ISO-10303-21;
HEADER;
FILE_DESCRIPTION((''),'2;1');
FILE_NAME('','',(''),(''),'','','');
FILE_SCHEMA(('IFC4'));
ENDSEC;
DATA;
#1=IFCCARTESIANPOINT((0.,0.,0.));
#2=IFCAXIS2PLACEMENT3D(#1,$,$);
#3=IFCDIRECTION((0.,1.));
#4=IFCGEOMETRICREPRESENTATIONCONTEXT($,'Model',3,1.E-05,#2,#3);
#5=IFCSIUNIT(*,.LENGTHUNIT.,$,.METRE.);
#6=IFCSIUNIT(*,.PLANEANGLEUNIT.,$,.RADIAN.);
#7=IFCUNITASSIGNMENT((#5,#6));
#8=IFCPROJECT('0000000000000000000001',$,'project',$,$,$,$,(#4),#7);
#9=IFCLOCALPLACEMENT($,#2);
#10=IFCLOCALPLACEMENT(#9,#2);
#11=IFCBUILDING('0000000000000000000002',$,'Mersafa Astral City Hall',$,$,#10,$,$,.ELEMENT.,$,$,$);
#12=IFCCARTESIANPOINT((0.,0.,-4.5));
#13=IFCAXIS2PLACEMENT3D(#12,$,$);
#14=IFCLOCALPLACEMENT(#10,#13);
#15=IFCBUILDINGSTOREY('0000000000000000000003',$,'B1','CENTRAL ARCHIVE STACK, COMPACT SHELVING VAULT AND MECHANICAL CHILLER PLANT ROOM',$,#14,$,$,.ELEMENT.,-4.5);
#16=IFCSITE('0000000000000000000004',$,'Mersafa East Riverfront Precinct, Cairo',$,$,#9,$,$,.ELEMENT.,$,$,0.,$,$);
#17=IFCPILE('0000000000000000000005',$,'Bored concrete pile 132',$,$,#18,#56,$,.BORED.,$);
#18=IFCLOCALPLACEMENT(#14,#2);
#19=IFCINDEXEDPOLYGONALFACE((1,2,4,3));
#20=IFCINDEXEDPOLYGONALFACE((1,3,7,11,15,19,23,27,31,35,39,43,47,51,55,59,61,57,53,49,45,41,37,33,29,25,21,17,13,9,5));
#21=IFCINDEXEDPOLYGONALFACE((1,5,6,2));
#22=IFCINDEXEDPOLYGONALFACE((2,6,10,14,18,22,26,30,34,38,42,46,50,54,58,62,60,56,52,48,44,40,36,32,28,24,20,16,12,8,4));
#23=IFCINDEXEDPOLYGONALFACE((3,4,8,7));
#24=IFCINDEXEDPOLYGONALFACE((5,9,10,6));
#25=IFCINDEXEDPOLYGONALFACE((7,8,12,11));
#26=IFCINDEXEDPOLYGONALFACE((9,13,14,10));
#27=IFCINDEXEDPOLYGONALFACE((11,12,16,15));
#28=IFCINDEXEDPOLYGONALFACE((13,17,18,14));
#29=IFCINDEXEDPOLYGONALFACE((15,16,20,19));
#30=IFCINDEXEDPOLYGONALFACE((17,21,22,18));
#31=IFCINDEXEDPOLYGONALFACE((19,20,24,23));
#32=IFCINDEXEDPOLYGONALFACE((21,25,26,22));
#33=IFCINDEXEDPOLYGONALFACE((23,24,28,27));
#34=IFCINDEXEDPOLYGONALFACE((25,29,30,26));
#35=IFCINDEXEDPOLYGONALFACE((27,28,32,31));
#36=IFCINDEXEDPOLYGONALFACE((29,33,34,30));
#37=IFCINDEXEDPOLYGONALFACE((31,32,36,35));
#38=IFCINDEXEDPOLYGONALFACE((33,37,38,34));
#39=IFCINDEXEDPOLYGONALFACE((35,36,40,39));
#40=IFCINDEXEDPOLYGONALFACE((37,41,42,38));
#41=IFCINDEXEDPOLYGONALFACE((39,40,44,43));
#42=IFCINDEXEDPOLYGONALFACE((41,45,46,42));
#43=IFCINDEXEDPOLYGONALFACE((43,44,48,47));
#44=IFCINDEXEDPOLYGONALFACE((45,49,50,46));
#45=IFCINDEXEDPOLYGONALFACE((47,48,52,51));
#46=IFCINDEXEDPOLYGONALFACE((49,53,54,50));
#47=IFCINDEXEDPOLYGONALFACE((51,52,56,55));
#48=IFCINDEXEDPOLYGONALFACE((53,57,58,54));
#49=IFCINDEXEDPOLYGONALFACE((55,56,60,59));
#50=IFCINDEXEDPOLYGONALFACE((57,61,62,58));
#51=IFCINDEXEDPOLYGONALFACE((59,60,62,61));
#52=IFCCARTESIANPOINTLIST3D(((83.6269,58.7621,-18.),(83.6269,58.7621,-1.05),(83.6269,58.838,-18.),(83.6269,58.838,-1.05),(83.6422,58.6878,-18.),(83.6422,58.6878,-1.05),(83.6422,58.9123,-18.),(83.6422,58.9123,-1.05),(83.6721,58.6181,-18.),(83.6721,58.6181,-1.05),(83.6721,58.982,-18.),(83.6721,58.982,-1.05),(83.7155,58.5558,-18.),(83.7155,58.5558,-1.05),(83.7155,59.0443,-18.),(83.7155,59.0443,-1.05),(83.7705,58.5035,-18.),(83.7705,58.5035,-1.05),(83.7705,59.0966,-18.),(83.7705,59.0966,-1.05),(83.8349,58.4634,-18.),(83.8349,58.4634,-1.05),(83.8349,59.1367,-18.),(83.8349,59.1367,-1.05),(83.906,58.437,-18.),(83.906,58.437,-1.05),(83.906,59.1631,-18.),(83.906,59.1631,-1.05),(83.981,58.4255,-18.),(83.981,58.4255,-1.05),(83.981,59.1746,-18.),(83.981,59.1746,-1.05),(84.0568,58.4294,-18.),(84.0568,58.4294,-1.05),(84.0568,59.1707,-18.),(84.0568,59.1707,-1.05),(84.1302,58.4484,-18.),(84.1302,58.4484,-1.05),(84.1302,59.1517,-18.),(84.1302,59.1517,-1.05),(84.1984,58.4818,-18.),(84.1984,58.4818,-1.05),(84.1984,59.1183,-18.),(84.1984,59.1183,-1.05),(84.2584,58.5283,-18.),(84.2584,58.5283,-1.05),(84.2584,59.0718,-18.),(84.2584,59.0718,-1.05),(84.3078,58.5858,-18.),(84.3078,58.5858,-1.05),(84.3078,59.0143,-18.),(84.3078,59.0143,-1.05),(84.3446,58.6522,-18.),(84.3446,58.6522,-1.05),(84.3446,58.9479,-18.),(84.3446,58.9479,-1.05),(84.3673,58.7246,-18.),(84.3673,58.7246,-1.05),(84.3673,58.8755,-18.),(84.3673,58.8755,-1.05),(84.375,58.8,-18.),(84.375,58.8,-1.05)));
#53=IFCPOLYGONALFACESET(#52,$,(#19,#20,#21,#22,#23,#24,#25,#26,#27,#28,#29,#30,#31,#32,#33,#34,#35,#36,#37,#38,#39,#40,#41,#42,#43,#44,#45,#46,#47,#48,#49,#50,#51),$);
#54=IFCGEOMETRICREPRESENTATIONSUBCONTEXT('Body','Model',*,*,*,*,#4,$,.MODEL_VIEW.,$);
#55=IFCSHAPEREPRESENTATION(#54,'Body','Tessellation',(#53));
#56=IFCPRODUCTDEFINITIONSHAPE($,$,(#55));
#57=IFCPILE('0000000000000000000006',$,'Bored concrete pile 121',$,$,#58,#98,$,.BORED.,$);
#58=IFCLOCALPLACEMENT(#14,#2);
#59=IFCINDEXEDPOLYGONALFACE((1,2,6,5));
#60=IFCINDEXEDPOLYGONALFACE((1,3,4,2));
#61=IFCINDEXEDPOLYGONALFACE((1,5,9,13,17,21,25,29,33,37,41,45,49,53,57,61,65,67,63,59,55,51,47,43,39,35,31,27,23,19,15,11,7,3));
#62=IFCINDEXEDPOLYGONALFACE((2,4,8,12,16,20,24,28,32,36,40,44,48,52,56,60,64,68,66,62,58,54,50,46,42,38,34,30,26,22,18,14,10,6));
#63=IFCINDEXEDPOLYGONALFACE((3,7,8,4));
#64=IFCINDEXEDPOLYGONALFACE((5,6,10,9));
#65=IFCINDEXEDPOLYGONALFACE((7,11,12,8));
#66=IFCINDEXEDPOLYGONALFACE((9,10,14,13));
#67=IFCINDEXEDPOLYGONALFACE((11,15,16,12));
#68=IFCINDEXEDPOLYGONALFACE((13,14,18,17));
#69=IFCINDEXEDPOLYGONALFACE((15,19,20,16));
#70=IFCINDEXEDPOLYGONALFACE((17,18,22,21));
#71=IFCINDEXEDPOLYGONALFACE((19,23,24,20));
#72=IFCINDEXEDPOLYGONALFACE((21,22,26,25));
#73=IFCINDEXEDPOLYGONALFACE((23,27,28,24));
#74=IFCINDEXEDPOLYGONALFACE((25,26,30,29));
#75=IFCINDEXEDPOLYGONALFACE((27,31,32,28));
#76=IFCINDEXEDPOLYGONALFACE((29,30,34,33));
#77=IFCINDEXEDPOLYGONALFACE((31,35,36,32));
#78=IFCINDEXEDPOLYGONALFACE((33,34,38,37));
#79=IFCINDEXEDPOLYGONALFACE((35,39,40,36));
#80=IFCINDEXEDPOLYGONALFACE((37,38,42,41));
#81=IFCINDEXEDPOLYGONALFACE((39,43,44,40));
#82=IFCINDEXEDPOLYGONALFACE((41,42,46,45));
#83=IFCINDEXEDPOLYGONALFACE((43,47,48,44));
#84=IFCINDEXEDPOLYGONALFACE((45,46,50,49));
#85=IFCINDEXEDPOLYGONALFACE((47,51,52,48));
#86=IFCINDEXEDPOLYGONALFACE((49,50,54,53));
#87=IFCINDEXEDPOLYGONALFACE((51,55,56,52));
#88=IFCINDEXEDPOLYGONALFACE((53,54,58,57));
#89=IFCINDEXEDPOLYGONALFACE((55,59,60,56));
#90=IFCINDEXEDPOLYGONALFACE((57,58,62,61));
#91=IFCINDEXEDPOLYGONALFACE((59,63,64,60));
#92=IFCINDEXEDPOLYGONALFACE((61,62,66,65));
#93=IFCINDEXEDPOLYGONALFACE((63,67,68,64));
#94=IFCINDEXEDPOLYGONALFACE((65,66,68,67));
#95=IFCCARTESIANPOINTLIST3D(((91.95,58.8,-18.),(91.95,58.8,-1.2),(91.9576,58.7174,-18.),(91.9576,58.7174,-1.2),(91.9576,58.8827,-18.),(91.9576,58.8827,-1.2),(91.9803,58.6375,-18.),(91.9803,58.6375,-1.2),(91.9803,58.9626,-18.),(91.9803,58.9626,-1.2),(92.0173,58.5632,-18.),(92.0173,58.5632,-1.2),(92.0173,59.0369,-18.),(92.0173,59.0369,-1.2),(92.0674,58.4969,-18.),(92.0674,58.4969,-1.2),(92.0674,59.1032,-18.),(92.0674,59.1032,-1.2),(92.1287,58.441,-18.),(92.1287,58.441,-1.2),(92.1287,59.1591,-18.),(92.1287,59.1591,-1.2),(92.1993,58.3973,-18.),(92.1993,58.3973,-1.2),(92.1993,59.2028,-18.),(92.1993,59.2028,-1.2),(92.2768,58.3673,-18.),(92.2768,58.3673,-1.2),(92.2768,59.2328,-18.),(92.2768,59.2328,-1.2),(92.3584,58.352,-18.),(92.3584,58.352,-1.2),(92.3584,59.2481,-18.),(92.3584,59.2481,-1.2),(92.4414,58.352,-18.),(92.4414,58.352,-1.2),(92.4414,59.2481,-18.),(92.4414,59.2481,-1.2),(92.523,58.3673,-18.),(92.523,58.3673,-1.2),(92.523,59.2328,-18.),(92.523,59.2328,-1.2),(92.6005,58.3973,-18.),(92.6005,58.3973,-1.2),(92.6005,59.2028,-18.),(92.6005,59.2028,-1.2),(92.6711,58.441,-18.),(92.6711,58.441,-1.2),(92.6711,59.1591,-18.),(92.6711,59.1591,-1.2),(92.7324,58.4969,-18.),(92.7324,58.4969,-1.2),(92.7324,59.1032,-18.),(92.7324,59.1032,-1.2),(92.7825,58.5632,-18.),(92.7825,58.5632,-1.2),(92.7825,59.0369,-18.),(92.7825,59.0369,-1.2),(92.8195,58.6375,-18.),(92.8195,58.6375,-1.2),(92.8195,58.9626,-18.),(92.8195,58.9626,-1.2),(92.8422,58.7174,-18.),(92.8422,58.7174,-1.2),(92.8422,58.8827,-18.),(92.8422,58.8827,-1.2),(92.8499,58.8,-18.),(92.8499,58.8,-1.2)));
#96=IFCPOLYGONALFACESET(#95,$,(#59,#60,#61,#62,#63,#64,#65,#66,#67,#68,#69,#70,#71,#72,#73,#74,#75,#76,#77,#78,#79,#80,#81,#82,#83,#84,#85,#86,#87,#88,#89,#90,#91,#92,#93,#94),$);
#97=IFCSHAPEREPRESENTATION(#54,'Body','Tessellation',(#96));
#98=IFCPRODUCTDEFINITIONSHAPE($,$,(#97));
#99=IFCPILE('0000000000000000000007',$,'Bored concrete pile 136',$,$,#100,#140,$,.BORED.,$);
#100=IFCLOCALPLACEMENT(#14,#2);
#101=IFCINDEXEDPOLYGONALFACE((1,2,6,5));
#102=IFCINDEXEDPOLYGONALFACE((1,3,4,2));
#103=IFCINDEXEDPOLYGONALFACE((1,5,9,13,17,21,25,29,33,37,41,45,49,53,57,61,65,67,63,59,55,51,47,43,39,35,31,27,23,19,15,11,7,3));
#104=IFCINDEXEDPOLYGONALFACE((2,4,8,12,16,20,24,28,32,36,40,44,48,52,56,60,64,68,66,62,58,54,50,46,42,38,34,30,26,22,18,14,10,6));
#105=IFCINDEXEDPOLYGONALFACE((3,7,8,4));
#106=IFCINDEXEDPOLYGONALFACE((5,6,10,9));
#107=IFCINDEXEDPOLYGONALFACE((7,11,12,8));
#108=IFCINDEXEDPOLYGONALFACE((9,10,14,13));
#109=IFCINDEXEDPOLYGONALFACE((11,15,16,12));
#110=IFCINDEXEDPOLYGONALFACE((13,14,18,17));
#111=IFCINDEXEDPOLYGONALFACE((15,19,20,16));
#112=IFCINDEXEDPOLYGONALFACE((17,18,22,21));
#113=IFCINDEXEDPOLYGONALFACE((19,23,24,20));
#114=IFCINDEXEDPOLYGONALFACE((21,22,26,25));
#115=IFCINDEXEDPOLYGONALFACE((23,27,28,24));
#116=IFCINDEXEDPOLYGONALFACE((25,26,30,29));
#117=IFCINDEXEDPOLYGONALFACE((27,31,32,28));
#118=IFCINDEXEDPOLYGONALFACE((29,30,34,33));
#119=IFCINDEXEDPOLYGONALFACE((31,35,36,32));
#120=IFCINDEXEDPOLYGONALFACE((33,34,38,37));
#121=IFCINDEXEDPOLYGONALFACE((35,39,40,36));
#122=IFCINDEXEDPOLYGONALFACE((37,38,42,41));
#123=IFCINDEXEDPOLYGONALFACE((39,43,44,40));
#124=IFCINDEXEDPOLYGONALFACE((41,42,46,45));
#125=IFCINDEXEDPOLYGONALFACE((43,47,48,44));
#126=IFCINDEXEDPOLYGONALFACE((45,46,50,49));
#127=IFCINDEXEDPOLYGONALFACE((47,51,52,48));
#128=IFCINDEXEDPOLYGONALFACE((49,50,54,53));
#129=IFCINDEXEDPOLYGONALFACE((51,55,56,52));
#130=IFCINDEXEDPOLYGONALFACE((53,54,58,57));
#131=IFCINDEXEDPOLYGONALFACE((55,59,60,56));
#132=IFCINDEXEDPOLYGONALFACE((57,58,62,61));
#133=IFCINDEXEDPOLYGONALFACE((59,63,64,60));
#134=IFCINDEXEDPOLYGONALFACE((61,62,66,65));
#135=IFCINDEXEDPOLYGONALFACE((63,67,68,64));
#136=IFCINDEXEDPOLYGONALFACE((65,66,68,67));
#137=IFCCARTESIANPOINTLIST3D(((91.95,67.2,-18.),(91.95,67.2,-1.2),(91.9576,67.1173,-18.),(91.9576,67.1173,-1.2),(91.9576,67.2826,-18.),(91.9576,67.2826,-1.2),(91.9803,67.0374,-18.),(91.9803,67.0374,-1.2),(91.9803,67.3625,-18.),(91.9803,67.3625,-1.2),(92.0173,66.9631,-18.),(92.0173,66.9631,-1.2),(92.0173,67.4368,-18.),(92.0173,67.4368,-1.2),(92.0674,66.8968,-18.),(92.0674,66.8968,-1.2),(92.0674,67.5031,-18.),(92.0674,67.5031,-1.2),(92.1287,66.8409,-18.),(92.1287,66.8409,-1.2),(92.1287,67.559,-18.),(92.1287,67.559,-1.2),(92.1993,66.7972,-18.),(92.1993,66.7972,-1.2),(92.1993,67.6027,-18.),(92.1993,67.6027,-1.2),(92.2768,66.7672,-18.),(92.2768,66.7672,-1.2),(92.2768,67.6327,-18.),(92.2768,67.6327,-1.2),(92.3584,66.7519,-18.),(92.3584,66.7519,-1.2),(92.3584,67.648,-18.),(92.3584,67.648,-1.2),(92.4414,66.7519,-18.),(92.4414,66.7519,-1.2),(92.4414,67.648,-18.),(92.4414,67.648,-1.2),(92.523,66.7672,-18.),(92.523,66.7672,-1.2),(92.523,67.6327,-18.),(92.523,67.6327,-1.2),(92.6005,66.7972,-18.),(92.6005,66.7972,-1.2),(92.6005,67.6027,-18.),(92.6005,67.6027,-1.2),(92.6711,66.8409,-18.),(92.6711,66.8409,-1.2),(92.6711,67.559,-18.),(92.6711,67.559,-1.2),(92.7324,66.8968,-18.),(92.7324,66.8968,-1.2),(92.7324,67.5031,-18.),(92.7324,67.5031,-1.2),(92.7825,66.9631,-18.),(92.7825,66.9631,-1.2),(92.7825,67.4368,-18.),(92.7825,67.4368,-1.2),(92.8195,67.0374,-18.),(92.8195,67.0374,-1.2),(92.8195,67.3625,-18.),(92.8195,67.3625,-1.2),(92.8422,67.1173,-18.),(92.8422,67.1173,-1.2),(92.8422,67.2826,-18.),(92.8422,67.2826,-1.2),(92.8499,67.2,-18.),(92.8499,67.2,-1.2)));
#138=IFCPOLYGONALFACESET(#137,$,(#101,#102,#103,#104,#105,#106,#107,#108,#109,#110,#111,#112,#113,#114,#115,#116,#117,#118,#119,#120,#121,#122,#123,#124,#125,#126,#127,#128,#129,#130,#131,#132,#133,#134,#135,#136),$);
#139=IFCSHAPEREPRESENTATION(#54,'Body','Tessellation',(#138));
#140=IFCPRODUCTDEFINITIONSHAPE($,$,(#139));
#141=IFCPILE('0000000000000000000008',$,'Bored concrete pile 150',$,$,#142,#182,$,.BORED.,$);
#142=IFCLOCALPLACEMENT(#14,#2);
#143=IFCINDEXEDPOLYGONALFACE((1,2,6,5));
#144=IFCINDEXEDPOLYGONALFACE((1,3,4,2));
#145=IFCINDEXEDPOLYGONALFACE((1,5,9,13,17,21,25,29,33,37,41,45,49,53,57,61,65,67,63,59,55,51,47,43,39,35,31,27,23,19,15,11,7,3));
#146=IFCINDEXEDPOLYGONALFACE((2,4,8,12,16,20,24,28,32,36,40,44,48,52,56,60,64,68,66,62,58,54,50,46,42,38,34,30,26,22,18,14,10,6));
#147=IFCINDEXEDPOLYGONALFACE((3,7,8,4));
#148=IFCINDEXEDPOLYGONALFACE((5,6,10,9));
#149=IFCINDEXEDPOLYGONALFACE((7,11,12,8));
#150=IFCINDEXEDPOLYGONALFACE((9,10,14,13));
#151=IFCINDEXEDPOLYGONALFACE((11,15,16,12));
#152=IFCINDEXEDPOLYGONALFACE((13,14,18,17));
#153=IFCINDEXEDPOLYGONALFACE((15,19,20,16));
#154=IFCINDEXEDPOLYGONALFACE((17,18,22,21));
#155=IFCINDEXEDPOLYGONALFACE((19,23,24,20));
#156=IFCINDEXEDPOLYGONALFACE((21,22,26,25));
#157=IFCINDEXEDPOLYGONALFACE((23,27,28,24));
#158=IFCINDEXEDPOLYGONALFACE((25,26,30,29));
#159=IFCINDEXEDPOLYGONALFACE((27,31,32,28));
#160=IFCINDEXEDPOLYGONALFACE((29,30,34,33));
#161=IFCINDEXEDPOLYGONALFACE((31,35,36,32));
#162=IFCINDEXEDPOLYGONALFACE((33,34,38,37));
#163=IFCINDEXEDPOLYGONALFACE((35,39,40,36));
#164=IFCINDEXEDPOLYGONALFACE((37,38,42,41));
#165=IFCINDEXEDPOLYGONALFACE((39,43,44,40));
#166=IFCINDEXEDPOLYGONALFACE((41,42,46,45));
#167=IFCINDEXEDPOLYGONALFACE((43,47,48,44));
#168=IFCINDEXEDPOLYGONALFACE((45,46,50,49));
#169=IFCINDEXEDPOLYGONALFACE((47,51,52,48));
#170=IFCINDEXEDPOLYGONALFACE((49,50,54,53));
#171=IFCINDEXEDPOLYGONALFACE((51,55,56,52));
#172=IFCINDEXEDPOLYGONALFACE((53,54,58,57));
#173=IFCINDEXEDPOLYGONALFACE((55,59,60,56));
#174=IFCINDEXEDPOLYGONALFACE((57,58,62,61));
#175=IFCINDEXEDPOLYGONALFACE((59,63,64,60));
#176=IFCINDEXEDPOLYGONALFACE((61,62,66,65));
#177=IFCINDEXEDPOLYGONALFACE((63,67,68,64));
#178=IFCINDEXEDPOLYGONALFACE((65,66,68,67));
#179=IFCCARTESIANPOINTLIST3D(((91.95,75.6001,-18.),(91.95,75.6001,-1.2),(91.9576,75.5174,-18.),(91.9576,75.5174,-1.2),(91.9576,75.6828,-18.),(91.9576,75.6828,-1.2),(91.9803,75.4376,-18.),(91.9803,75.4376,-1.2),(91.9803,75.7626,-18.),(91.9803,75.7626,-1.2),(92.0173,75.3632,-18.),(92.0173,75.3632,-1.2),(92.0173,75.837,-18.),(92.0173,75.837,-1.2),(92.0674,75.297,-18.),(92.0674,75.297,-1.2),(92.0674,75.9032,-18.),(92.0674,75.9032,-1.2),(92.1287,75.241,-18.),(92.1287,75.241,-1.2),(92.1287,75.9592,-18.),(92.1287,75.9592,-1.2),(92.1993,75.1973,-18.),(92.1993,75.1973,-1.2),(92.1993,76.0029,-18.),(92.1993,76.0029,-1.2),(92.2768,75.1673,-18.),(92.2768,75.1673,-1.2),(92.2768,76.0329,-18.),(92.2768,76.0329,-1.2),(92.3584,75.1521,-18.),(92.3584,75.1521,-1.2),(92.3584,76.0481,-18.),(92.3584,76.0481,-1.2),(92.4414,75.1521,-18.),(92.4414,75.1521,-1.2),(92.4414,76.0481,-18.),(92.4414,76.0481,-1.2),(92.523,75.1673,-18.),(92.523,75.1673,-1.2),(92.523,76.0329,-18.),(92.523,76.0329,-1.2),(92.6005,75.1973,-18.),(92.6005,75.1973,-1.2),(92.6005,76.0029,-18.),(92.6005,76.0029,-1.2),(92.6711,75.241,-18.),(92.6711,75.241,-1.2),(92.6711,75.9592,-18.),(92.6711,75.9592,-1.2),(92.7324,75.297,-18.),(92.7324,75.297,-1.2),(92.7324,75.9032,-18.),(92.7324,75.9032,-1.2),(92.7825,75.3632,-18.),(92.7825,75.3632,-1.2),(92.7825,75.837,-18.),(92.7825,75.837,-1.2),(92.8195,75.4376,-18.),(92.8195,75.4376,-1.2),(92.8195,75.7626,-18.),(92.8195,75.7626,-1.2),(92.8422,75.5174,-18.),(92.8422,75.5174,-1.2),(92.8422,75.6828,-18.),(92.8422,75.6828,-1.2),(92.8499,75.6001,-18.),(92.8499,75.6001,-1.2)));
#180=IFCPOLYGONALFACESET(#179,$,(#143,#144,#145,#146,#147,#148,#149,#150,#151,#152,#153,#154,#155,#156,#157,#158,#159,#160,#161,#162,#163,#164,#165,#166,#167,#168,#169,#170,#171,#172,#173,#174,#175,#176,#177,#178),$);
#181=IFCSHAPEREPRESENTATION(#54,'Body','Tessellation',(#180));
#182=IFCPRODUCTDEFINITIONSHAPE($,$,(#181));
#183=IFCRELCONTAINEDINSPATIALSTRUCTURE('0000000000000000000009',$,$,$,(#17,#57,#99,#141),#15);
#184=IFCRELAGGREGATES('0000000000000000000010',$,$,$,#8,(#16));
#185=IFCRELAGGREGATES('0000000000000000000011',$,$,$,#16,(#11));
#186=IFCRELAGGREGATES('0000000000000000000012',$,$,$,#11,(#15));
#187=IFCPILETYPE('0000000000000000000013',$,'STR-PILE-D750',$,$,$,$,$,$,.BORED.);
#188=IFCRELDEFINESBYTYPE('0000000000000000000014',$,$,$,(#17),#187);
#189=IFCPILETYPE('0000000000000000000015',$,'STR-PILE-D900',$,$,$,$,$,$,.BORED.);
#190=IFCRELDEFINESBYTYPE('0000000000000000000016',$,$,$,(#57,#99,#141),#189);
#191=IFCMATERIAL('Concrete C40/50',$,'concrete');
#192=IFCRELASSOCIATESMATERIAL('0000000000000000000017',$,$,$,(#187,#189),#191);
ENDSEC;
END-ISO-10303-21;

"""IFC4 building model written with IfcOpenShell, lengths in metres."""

from ifc_helpers import new_model, si_unit, direction, frame, origin, origin_2d, place, context, subcontext, project, spatial, circle, extrude, material, material_profile, profile_set, type_object, element, save


model = new_model("IFC4")

# Units and contexts
model_context = context("Model", 3, precision=1e-05, world=origin(), true_north=direction((0.0, 1.0)))
body_context = subcontext(model_context, "Body", "Model", "MODEL_VIEW")
ifc_project = project(units=[si_unit("LENGTHUNIT", "METRE"), si_unit("PLANEANGLEUNIT", "RADIAN")], contexts=[model_context])

# Site, building, storey
site_placement = place(None, origin())
site = spatial("IfcSite", under=ifc_project, at=site_placement, Name="Mersafa East Riverfront Precinct, Cairo", CompositionType="ELEMENT", RefElevation=0.0)
building_placement = place(site_placement, origin())
building = spatial("IfcBuilding", under=site, at=building_placement, Name="Mersafa Astral City Hall", CompositionType="ELEMENT")
storey_placement = place(building_placement, frame((0.0, 0.0, -4.5)))
storey = spatial("IfcBuildingStorey", under=building, at=storey_placement, Name="B1", Description="CENTRAL ARCHIVE STACK, COMPACT SHELVING VAULT AND MECHANICAL CHILLER PLANT ROOM", CompositionType="ELEMENT", Elevation=-4.5)

# Shared definitions
ifc_material_1 = material(Name="Concrete C40/50", Category="concrete")

# Piles
ifc_material_profile_1 = material_profile(ifc_material_1, circle(Radius=0.375, at=origin_2d()), Name="PILE D750")
ifc_profile_set_1 = profile_set([ifc_material_profile_1], Name="Concrete C40/50")
pile_type_1 = type_object("IfcPileType", Name="STR-PILE-D750", PredefinedType="BORED", material=ifc_profile_set_1)
for number, where, z_axis, x_axis, name in (
    (1, (84.0, 58.8, -1.05), (0.0, 0.0, -1.0), (1.0, 0.0, 0.0), "Bored concrete pile 132"),
):
    element("IfcPile", number, at=place(storey_placement, frame(where, z_axis=z_axis, x_axis=x_axis)), inside=storey, type_object=pile_type_1, Name=name, PredefinedType="BORED", context=body_context, shape_type="SweptSolid", body=[
        extrude(circle(Radius=0.375, at=origin_2d()), origin(), (0.0, 0.0, 1.0), 16.95),
    ])
ifc_material_profile_2 = material_profile(ifc_material_1, circle(Radius=0.45, at=origin_2d()), Name="PILE D900")
ifc_profile_set_2 = profile_set([ifc_material_profile_2], Name="Concrete C40/50")
pile_type_2 = type_object("IfcPileType", Name="STR-PILE-D900", PredefinedType="BORED", material=ifc_profile_set_2)
for number, where, z_axis, x_axis, name in (
    (2, (92.3999, 58.8, -1.2), (0.0, 0.0, -1.0), (1.0, 0.0, 0.0), "Bored concrete pile 121"),
    (3, (92.3999, 67.2, -1.2), (0.0, 0.0, -1.0), (1.0, 0.0, 0.0), "Bored concrete pile 136"),
    (4, (92.3999, 75.6001, -1.2), (0.0, 0.0, -1.0), (1.0, 0.0, 0.0), "Bored concrete pile 150"),
):
    element("IfcPile", number, at=place(storey_placement, frame(where, z_axis=z_axis, x_axis=x_axis)), inside=storey, type_object=pile_type_2, Name=name, PredefinedType="BORED", context=body_context, shape_type="SweptSolid", body=[
        extrude(circle(Radius=0.45, at=origin_2d()), origin(), (0.0, 0.0, 1.0), 16.8),
    ])

save(model, "model.ifc")
